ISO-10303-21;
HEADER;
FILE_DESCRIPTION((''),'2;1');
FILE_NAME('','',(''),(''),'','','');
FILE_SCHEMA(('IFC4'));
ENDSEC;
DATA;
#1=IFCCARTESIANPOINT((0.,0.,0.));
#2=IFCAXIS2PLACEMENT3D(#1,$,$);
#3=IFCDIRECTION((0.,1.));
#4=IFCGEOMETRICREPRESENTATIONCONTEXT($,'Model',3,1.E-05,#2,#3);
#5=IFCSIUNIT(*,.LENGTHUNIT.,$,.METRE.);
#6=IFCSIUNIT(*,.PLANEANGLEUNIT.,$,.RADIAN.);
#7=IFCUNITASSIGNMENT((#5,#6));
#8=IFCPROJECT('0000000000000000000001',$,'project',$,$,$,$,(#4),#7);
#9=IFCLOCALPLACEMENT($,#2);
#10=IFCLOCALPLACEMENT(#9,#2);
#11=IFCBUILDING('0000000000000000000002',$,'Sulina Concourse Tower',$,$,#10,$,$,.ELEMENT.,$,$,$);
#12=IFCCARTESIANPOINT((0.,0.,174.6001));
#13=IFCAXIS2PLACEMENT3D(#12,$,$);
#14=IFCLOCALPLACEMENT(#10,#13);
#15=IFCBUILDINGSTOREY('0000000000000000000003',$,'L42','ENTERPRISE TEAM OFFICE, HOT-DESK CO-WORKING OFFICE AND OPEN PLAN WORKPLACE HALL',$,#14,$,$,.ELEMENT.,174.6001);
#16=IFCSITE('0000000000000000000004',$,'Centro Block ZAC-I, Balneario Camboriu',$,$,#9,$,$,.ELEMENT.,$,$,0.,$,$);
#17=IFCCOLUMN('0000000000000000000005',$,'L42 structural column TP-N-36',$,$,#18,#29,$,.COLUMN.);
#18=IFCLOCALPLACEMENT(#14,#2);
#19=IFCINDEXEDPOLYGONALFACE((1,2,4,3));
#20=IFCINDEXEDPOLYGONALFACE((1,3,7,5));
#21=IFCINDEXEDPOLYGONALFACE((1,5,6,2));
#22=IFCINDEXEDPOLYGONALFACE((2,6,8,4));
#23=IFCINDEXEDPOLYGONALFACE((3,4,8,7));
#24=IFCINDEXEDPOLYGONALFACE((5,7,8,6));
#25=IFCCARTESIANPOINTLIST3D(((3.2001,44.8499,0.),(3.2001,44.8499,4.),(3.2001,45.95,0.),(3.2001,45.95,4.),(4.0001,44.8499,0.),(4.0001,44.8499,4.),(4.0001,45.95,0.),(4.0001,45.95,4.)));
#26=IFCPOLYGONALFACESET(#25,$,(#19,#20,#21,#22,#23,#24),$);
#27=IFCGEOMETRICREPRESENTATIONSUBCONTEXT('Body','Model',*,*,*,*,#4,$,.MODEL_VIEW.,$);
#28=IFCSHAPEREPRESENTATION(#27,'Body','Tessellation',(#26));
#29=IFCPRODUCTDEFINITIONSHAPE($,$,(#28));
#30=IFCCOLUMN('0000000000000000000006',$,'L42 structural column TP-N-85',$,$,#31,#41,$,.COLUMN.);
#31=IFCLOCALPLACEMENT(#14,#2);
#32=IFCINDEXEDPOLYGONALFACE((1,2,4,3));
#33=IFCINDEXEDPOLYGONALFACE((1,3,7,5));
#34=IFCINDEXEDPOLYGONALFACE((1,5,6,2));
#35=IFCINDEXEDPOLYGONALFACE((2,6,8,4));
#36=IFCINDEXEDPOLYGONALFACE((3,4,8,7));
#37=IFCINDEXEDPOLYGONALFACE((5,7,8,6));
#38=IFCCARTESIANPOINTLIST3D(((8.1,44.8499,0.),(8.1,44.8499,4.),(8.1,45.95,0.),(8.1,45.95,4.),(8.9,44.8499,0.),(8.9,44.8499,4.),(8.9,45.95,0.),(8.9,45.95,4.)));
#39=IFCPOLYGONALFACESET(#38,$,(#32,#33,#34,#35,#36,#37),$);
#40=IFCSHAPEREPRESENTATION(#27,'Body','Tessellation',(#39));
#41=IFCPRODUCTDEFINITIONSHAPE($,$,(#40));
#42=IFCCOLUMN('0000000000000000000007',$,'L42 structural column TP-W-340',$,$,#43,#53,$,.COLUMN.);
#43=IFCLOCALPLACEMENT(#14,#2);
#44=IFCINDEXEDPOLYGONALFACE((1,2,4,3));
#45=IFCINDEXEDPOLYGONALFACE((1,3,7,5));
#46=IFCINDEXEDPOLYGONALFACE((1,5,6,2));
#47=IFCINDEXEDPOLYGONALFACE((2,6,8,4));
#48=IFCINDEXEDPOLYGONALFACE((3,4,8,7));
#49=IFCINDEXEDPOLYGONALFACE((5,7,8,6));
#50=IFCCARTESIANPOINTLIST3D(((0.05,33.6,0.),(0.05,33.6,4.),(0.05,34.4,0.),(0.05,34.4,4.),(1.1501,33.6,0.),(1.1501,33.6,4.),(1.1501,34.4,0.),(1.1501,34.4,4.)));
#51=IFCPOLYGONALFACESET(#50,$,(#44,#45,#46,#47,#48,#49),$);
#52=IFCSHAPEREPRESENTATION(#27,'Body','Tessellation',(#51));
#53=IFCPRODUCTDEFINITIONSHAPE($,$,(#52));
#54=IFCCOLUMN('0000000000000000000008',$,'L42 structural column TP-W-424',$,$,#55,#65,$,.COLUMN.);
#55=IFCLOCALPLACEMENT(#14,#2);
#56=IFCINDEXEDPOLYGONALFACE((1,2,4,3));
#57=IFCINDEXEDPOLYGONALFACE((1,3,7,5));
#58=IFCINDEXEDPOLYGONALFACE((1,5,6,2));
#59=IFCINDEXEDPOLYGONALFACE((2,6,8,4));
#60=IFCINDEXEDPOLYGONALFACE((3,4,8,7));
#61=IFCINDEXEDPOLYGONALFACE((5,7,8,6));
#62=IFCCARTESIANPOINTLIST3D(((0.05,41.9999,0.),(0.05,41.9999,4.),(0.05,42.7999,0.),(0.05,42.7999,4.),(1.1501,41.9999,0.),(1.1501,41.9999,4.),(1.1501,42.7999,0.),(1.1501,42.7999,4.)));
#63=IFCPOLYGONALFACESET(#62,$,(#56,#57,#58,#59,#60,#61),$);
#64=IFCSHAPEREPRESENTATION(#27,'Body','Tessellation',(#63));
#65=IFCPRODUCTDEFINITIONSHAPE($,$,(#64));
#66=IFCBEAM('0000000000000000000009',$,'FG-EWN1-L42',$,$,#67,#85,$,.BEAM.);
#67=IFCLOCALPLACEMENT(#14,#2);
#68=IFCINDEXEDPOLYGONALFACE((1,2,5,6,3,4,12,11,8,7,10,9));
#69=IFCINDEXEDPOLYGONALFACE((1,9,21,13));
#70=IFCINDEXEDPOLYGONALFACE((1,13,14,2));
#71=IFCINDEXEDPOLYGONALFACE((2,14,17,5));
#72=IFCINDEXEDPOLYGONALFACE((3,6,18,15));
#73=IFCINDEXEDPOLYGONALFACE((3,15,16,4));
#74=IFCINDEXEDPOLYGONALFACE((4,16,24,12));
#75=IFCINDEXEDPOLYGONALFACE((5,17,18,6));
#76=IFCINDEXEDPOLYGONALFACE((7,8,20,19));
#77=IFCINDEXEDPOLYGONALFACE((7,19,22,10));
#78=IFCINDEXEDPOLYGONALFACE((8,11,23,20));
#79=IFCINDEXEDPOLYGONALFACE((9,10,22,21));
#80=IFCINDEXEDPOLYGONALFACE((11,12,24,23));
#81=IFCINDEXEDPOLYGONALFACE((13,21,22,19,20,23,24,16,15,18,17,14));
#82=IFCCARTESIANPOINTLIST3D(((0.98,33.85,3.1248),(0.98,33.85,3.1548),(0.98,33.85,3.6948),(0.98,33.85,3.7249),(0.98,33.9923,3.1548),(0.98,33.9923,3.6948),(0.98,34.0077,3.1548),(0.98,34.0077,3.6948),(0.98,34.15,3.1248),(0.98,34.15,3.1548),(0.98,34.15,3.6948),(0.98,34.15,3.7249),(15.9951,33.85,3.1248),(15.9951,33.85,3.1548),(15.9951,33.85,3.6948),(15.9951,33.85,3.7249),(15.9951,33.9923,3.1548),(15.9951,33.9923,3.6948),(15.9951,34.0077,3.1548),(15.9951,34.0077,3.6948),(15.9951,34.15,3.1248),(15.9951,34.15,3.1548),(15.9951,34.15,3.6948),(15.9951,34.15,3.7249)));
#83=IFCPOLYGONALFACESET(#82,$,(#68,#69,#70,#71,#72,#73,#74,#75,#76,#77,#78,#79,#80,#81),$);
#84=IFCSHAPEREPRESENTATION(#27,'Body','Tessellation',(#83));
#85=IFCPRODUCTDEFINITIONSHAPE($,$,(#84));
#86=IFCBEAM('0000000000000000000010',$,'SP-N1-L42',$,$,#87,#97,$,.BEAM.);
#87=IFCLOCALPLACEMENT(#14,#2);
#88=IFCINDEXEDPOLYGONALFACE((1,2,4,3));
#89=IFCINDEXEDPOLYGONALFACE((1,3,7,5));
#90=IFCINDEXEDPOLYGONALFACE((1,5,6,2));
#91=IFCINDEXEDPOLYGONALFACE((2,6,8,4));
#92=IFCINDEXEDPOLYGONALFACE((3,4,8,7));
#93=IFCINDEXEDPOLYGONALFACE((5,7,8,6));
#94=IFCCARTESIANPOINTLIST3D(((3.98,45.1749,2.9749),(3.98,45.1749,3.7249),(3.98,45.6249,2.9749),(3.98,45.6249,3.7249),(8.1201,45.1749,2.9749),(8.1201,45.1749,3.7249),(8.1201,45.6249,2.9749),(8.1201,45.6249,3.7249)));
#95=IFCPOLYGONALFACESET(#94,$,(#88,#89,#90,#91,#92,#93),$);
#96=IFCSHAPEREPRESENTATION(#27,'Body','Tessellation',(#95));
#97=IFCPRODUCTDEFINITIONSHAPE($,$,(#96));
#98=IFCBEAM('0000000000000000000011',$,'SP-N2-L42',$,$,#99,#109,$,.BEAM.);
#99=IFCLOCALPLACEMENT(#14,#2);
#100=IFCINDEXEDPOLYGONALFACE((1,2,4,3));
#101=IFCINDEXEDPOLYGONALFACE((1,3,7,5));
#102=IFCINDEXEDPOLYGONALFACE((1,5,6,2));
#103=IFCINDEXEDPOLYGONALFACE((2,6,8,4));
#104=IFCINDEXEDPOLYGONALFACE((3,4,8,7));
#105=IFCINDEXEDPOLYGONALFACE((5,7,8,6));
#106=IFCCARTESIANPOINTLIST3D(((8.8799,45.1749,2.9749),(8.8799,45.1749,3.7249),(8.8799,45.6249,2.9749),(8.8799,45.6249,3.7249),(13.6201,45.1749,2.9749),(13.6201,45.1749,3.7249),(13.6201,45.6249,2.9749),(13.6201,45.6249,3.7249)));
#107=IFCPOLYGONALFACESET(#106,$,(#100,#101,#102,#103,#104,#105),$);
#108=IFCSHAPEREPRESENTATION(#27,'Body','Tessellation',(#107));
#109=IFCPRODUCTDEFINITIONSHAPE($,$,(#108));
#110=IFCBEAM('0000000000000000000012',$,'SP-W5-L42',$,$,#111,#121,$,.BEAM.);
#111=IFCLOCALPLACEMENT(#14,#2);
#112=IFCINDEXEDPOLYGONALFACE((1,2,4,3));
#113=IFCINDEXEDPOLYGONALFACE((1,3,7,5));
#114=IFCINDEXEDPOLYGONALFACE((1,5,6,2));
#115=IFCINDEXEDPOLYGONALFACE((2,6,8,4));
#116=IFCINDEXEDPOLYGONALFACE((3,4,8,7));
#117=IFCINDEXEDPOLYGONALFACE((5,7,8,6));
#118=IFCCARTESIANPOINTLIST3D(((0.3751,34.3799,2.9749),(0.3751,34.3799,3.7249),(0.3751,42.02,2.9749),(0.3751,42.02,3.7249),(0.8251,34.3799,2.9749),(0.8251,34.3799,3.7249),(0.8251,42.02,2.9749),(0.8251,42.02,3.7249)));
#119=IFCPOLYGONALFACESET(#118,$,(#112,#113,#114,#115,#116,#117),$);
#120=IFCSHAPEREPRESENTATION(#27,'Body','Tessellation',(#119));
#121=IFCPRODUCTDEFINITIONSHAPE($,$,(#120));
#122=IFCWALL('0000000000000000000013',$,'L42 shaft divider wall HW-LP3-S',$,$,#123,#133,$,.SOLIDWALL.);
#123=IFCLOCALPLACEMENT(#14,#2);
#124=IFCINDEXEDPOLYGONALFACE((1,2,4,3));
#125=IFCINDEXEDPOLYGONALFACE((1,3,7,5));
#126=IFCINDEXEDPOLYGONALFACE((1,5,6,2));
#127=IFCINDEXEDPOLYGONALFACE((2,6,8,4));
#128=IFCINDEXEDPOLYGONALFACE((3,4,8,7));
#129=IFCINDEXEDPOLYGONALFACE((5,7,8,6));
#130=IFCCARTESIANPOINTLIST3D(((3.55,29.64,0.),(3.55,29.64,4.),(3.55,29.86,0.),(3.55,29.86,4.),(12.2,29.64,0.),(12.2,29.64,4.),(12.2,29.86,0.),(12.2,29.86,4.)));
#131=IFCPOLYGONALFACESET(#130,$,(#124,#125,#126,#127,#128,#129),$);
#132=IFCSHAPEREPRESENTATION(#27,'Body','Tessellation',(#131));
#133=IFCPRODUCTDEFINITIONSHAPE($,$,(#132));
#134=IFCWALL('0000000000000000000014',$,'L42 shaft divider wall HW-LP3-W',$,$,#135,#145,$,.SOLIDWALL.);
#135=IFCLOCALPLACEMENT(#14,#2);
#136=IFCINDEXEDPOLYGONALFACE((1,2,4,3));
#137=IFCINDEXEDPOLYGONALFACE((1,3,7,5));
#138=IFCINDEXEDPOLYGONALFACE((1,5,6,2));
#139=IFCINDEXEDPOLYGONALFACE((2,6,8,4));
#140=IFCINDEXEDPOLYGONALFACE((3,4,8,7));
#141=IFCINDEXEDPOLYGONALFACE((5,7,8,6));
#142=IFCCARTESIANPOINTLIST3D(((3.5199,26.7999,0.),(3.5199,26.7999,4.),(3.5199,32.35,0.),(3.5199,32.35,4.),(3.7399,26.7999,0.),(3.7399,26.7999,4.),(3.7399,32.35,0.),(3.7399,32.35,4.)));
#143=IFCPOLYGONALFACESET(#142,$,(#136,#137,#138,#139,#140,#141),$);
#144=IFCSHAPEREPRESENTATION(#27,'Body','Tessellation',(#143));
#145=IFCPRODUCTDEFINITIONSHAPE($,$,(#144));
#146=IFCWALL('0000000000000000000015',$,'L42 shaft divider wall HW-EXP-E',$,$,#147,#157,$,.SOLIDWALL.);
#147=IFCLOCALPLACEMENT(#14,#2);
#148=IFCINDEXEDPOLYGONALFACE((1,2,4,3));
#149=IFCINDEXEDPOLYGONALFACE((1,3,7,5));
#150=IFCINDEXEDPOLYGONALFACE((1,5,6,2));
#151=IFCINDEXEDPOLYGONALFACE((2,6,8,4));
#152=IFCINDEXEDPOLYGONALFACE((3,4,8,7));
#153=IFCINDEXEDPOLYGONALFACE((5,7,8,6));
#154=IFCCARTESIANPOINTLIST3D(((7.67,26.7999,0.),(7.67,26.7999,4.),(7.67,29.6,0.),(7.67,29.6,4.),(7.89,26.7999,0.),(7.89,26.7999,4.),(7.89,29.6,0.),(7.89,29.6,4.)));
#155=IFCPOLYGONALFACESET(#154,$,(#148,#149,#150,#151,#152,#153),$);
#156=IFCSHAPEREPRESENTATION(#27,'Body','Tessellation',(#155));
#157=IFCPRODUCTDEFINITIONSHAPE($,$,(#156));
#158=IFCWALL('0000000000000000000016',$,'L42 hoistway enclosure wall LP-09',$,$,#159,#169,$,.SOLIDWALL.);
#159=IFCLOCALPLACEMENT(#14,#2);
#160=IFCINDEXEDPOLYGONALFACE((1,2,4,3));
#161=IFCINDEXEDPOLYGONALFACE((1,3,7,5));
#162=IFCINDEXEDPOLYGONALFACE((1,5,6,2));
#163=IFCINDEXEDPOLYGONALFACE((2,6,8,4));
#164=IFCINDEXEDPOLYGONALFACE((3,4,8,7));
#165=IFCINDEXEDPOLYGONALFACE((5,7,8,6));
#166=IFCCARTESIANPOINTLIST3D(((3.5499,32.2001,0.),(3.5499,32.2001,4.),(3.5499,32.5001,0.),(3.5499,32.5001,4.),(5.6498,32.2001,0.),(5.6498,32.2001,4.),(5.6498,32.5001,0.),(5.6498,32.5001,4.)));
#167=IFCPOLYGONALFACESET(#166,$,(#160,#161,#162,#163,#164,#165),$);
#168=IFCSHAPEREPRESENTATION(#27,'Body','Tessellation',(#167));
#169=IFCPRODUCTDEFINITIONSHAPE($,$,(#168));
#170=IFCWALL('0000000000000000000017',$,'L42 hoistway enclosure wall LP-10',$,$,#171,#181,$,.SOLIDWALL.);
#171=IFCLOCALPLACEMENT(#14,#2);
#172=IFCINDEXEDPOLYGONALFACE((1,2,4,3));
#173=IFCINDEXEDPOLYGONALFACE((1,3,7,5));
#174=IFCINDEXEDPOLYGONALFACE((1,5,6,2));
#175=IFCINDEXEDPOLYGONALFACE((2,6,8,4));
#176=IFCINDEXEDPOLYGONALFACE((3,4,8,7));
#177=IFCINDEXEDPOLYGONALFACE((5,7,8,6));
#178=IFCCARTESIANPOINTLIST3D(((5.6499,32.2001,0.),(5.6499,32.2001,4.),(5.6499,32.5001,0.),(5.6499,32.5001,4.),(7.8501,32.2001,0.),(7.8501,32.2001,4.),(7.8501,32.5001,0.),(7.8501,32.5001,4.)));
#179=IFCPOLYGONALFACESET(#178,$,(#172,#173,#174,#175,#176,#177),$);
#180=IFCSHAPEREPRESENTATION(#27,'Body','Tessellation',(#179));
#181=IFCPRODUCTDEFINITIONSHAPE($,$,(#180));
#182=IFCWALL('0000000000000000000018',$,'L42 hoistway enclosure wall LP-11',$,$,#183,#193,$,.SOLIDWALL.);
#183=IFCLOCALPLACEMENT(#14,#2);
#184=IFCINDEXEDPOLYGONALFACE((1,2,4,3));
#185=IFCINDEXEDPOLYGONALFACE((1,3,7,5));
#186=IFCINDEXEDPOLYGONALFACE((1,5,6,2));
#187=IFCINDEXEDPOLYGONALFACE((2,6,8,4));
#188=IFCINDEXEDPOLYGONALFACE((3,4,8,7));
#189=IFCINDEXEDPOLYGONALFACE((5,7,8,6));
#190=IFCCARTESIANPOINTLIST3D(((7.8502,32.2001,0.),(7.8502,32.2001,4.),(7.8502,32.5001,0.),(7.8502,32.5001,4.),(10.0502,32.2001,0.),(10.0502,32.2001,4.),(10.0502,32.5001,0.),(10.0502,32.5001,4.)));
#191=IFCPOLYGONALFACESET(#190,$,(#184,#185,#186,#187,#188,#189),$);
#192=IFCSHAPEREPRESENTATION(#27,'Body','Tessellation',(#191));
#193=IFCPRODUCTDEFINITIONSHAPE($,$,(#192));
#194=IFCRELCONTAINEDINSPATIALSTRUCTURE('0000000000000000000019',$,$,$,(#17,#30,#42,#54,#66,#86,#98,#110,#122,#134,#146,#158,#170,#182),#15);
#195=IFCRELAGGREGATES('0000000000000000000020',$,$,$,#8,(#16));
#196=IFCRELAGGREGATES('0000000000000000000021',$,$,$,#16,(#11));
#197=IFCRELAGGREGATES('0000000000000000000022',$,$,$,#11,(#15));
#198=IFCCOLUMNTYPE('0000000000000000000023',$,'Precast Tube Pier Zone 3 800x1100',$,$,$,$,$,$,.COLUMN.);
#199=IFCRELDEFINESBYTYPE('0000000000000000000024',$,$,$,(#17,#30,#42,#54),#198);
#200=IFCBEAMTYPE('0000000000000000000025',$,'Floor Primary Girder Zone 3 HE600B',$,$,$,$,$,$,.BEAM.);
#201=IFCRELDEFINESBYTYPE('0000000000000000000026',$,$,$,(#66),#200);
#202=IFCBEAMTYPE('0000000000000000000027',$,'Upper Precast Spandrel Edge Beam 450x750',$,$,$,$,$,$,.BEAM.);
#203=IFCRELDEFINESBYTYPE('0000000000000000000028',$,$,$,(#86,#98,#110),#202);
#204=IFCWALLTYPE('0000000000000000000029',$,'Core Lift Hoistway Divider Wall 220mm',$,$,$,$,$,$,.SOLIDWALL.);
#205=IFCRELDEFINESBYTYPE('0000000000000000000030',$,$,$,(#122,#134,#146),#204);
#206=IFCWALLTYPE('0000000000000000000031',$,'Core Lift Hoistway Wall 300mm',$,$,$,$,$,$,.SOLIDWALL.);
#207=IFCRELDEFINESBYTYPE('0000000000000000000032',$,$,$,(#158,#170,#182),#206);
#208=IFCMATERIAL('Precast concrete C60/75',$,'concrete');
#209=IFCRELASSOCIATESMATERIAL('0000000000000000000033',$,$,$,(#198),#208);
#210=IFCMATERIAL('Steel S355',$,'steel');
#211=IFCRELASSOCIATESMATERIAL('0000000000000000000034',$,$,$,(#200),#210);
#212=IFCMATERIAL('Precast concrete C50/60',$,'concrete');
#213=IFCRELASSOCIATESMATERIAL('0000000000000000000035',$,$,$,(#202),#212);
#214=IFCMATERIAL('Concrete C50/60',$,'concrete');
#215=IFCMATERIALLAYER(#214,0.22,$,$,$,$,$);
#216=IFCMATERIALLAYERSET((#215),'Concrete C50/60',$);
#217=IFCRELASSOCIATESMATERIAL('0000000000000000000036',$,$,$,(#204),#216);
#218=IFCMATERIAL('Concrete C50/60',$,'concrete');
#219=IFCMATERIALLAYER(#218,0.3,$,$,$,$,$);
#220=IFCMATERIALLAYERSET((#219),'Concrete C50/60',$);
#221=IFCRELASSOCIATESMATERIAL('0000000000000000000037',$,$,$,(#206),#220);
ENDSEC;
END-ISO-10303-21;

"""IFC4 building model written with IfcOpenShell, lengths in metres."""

from ifc_helpers import new_model, si_unit, direction, frame, frame_2d, origin, origin_2d, place, context, subcontext, project, spatial, rectangle, i_section, extrude, material, layer, layer_set, material_profile, profile_set, type_object, element, save


model = new_model("IFC4")

# Units and contexts
model_context = context("Model", 3, precision=1e-05, world=origin(), true_north=direction((0.0, 1.0)))
body_context = subcontext(model_context, "Body", "Model", "MODEL_VIEW")
ifc_project = project(units=[si_unit("LENGTHUNIT", "METRE"), si_unit("PLANEANGLEUNIT", "RADIAN")], contexts=[model_context])

# Site, building, storey
site_placement = place(None, origin())
site = spatial("IfcSite", under=ifc_project, at=site_placement, Name="Centro Block ZAC-I, Balneario Camboriu", CompositionType="ELEMENT", RefElevation=0.0)
building_placement = place(site_placement, origin())
building = spatial("IfcBuilding", under=site, at=building_placement, Name="Sulina Concourse Tower", CompositionType="ELEMENT")
storey_placement = place(building_placement, frame((0.0, 0.0, 174.6001)))
storey = spatial("IfcBuildingStorey", under=building, at=storey_placement, Name="L42", Description="ENTERPRISE TEAM OFFICE, HOT-DESK CO-WORKING OFFICE AND OPEN PLAN WORKPLACE HALL", CompositionType="ELEMENT", Elevation=174.6001)

# Columns
ifc_material_1 = material(Name="Precast concrete C60/75", Category="concrete")
ifc_material_profile_1 = material_profile(ifc_material_1, rectangle(XDim=0.8, YDim=1.1001, at=origin_2d()), Name="PC 800x1100")
ifc_profile_set_1 = profile_set([ifc_material_profile_1], Name="Precast concrete C60/75")
column_type = type_object("IfcColumnType", Name="Precast Tube Pier Zone 3 800x1100", PredefinedType="COLUMN", material=ifc_profile_set_1)
for number, where, z_axis, x_axis, name in (
    (1, (3.6001, 45.3999, 0.0), (0.0, 0.0, 1.0), (1.0, 0.0, 0.0), "L42 structural column TP-N-36"),
    (2, (8.5, 45.3999, 0.0), (0.0, 0.0, 1.0), (1.0, 0.0, 0.0), "L42 structural column TP-N-85"),
    (3, (0.6001, 34.0, 0.0), (0.0, 0.0, 1.0), (0.0, 1.0, 0.0), "L42 structural column TP-W-340"),
    (4, (0.6001, 42.3999, 0.0), (0.0, 0.0, 1.0), (0.0, 1.0, 0.0), "L42 structural column TP-W-424"),
):
    element("IfcColumn", number, at=place(storey_placement, frame(where, z_axis=z_axis, x_axis=x_axis)), inside=storey, type_object=column_type, Name=name, PredefinedType="COLUMN", context=body_context, shape_type="SweptSolid", body=[
        extrude(rectangle(XDim=0.8, YDim=1.1001, at=origin_2d()), origin(), (0.0, 0.0, 1.0), 4.0),
    ])

# Beams
ifc_material_2 = material(Name="Steel S355", Category="steel")
ifc_material_profile_2 = material_profile(ifc_material_2, i_section(OverallWidth=0.3, OverallDepth=0.6001, WebThickness=0.0154, FlangeThickness=0.03, at=origin_2d()), Name="HE 600 B")
ifc_profile_set_2 = profile_set([ifc_material_profile_2], Name="Steel S355")
beam_type_1 = type_object("IfcBeamType", Name="Floor Primary Girder Zone 3 HE600B", PredefinedType="BEAM", material=ifc_profile_set_2)
beam_1_placement = place(storey_placement, frame((0.98, 34.0, 3.4248), z_axis=(1.0, 0.0, 0.0), x_axis=(0.0, 1.0, 0.0)))
element("IfcBeam", 5, at=beam_1_placement, inside=storey, type_object=beam_type_1, Name="FG-EWN1-L42", PredefinedType="BEAM", context=body_context, shape_type="SweptSolid", body=[
    extrude(i_section(OverallWidth=0.3, OverallDepth=0.6001, WebThickness=0.0154, FlangeThickness=0.03, at=origin_2d()), origin(), (0.0, 0.0, 1.0), 15.0151),
])
ifc_material_3 = material(Name="Precast concrete C50/60", Category="concrete")
ifc_material_profile_3 = material_profile(ifc_material_3, rectangle(XDim=0.45, YDim=0.75, at=origin_2d()), Name="RC 450x750")
ifc_profile_set_3 = profile_set([ifc_material_profile_3], Name="Precast concrete C50/60")
beam_type_2 = type_object("IfcBeamType", Name="Upper Precast Spandrel Edge Beam 450x750", PredefinedType="BEAM", material=ifc_profile_set_3)
beam_2_placement = place(storey_placement, frame((3.98, 45.3999, 3.3499), z_axis=(1.0, 0.0, 0.0), x_axis=(0.0, 1.0, 0.0)))
element("IfcBeam", 6, at=beam_2_placement, inside=storey, type_object=beam_type_2, Name="SP-N1-L42", PredefinedType="BEAM", context=body_context, shape_type="SweptSolid", body=[
    extrude(rectangle(XDim=0.45, YDim=0.75, at=origin_2d()), origin(), (0.0, 0.0, 1.0), 4.1401),
])
beam_3_placement = place(storey_placement, frame((8.8799, 45.3999, 3.3499), z_axis=(1.0, 0.0, 0.0), x_axis=(0.0, 1.0, 0.0)))
element("IfcBeam", 7, at=beam_3_placement, inside=storey, type_object=beam_type_2, Name="SP-N2-L42", PredefinedType="BEAM", context=body_context, shape_type="SweptSolid", body=[
    extrude(rectangle(XDim=0.45, YDim=0.75, at=origin_2d()), origin(), (0.0, 0.0, 1.0), 4.7402),
])
beam_4_placement = place(storey_placement, frame((0.6001, 34.3799, 3.3499), z_axis=(0.0, 1.0, 0.0), x_axis=(-1.0, 0.0, 0.0)))
element("IfcBeam", 8, at=beam_4_placement, inside=storey, type_object=beam_type_2, Name="SP-W5-L42", PredefinedType="BEAM", context=body_context, shape_type="SweptSolid", body=[
    extrude(rectangle(XDim=0.45, YDim=0.75, at=origin_2d()), origin(), (0.0, 0.0, 1.0), 7.6401),
])

# Walls
ifc_material_4 = material(Name="Concrete C50/60", Category="concrete")
ifc_layer_1 = layer(ifc_material_4, 0.22)
ifc_layer_set_1 = layer_set([ifc_layer_1], Name="Concrete C50/60")
wall_type_1 = type_object("IfcWallType", Name="Core Lift Hoistway Divider Wall 220mm", PredefinedType="SOLIDWALL", material=ifc_layer_set_1)
wall_1_placement = place(storey_placement, frame((3.55, 29.75, 0.0), z_axis=(0.0, 0.0, 1.0), x_axis=(1.0, 0.0, 0.0)))
element("IfcWall", 9, at=wall_1_placement, inside=storey, type_object=wall_type_1, Name="L42 shaft divider wall HW-LP3-S", PredefinedType="SOLIDWALL", context=body_context, shape_type="SweptSolid", body=[
    extrude(rectangle(XDim=8.6499, YDim=0.22, at=frame_2d((4.325, 0.0))), origin(), (0.0, 0.0, 1.0), 4.0),
])
wall_2_placement = place(storey_placement, frame((3.6299, 26.8, 0.0), z_axis=(0.0, 0.0, 1.0), x_axis=(0.0, 1.0, 0.0)))
element("IfcWall", 10, at=wall_2_placement, inside=storey, type_object=wall_type_1, Name="L42 shaft divider wall HW-LP3-W", PredefinedType="SOLIDWALL", context=body_context, shape_type="SweptSolid", body=[
    extrude(rectangle(XDim=5.55, YDim=0.22, at=frame_2d((2.7749, 0.0))), origin(), (0.0, 0.0, 1.0), 4.0),
])
wall_3_placement = place(storey_placement, frame((7.78, 26.8, 0.0), z_axis=(0.0, 0.0, 1.0), x_axis=(0.0, 1.0, 0.0)))
element("IfcWall", 11, at=wall_3_placement, inside=storey, type_object=wall_type_1, Name="L42 shaft divider wall HW-EXP-E", PredefinedType="SOLIDWALL", context=body_context, shape_type="SweptSolid", body=[
    extrude(rectangle(XDim=2.8, YDim=0.22, at=frame_2d((1.3999, 0.0))), origin(), (0.0, 0.0, 1.0), 4.0),
])
ifc_material_5 = material(Name="Concrete C50/60", Category="concrete")
ifc_layer_2 = layer(ifc_material_5, 0.3)
ifc_layer_set_2 = layer_set([ifc_layer_2], Name="Concrete C50/60")
wall_type_2 = type_object("IfcWallType", Name="Core Lift Hoistway Wall 300mm", PredefinedType="SOLIDWALL", material=ifc_layer_set_2)
wall_4_placement = place(storey_placement, frame((3.55, 32.3501, 0.0), z_axis=(0.0, 0.0, 1.0), x_axis=(1.0, 0.0, 0.0)))
element("IfcWall", 12, at=wall_4_placement, inside=storey, type_object=wall_type_2, Name="L42 hoistway enclosure wall LP-09", PredefinedType="SOLIDWALL", context=body_context, shape_type="SweptSolid", body=[
    extrude(rectangle(XDim=2.0999, YDim=0.3, at=frame_2d((1.0498, 0.0))), origin(), (0.0, 0.0, 1.0), 4.0),
])
wall_5_placement = place(storey_placement, frame((5.6499, 32.3501, 0.0), z_axis=(0.0, 0.0, 1.0), x_axis=(1.0, 0.0, 0.0)))
element("IfcWall", 13, at=wall_5_placement, inside=storey, type_object=wall_type_2, Name="L42 hoistway enclosure wall LP-10", PredefinedType="SOLIDWALL", context=body_context, shape_type="SweptSolid", body=[
    extrude(rectangle(XDim=2.2002, YDim=0.3, at=frame_2d((1.1001, 0.0))), origin(), (0.0, 0.0, 1.0), 4.0),
])
wall_6_placement = place(storey_placement, frame((7.8501, 32.3501, 0.0), z_axis=(0.0, 0.0, 1.0), x_axis=(1.0, 0.0, 0.0)))
element("IfcWall", 14, at=wall_6_placement, inside=storey, type_object=wall_type_2, Name="L42 hoistway enclosure wall LP-11", PredefinedType="SOLIDWALL", context=body_context, shape_type="SweptSolid", body=[
    extrude(rectangle(XDim=2.2, YDim=0.3, at=frame_2d((1.1001, 0.0))), origin(), (0.0, 0.0, 1.0), 4.0),
])

save(model, "model.ifc")
